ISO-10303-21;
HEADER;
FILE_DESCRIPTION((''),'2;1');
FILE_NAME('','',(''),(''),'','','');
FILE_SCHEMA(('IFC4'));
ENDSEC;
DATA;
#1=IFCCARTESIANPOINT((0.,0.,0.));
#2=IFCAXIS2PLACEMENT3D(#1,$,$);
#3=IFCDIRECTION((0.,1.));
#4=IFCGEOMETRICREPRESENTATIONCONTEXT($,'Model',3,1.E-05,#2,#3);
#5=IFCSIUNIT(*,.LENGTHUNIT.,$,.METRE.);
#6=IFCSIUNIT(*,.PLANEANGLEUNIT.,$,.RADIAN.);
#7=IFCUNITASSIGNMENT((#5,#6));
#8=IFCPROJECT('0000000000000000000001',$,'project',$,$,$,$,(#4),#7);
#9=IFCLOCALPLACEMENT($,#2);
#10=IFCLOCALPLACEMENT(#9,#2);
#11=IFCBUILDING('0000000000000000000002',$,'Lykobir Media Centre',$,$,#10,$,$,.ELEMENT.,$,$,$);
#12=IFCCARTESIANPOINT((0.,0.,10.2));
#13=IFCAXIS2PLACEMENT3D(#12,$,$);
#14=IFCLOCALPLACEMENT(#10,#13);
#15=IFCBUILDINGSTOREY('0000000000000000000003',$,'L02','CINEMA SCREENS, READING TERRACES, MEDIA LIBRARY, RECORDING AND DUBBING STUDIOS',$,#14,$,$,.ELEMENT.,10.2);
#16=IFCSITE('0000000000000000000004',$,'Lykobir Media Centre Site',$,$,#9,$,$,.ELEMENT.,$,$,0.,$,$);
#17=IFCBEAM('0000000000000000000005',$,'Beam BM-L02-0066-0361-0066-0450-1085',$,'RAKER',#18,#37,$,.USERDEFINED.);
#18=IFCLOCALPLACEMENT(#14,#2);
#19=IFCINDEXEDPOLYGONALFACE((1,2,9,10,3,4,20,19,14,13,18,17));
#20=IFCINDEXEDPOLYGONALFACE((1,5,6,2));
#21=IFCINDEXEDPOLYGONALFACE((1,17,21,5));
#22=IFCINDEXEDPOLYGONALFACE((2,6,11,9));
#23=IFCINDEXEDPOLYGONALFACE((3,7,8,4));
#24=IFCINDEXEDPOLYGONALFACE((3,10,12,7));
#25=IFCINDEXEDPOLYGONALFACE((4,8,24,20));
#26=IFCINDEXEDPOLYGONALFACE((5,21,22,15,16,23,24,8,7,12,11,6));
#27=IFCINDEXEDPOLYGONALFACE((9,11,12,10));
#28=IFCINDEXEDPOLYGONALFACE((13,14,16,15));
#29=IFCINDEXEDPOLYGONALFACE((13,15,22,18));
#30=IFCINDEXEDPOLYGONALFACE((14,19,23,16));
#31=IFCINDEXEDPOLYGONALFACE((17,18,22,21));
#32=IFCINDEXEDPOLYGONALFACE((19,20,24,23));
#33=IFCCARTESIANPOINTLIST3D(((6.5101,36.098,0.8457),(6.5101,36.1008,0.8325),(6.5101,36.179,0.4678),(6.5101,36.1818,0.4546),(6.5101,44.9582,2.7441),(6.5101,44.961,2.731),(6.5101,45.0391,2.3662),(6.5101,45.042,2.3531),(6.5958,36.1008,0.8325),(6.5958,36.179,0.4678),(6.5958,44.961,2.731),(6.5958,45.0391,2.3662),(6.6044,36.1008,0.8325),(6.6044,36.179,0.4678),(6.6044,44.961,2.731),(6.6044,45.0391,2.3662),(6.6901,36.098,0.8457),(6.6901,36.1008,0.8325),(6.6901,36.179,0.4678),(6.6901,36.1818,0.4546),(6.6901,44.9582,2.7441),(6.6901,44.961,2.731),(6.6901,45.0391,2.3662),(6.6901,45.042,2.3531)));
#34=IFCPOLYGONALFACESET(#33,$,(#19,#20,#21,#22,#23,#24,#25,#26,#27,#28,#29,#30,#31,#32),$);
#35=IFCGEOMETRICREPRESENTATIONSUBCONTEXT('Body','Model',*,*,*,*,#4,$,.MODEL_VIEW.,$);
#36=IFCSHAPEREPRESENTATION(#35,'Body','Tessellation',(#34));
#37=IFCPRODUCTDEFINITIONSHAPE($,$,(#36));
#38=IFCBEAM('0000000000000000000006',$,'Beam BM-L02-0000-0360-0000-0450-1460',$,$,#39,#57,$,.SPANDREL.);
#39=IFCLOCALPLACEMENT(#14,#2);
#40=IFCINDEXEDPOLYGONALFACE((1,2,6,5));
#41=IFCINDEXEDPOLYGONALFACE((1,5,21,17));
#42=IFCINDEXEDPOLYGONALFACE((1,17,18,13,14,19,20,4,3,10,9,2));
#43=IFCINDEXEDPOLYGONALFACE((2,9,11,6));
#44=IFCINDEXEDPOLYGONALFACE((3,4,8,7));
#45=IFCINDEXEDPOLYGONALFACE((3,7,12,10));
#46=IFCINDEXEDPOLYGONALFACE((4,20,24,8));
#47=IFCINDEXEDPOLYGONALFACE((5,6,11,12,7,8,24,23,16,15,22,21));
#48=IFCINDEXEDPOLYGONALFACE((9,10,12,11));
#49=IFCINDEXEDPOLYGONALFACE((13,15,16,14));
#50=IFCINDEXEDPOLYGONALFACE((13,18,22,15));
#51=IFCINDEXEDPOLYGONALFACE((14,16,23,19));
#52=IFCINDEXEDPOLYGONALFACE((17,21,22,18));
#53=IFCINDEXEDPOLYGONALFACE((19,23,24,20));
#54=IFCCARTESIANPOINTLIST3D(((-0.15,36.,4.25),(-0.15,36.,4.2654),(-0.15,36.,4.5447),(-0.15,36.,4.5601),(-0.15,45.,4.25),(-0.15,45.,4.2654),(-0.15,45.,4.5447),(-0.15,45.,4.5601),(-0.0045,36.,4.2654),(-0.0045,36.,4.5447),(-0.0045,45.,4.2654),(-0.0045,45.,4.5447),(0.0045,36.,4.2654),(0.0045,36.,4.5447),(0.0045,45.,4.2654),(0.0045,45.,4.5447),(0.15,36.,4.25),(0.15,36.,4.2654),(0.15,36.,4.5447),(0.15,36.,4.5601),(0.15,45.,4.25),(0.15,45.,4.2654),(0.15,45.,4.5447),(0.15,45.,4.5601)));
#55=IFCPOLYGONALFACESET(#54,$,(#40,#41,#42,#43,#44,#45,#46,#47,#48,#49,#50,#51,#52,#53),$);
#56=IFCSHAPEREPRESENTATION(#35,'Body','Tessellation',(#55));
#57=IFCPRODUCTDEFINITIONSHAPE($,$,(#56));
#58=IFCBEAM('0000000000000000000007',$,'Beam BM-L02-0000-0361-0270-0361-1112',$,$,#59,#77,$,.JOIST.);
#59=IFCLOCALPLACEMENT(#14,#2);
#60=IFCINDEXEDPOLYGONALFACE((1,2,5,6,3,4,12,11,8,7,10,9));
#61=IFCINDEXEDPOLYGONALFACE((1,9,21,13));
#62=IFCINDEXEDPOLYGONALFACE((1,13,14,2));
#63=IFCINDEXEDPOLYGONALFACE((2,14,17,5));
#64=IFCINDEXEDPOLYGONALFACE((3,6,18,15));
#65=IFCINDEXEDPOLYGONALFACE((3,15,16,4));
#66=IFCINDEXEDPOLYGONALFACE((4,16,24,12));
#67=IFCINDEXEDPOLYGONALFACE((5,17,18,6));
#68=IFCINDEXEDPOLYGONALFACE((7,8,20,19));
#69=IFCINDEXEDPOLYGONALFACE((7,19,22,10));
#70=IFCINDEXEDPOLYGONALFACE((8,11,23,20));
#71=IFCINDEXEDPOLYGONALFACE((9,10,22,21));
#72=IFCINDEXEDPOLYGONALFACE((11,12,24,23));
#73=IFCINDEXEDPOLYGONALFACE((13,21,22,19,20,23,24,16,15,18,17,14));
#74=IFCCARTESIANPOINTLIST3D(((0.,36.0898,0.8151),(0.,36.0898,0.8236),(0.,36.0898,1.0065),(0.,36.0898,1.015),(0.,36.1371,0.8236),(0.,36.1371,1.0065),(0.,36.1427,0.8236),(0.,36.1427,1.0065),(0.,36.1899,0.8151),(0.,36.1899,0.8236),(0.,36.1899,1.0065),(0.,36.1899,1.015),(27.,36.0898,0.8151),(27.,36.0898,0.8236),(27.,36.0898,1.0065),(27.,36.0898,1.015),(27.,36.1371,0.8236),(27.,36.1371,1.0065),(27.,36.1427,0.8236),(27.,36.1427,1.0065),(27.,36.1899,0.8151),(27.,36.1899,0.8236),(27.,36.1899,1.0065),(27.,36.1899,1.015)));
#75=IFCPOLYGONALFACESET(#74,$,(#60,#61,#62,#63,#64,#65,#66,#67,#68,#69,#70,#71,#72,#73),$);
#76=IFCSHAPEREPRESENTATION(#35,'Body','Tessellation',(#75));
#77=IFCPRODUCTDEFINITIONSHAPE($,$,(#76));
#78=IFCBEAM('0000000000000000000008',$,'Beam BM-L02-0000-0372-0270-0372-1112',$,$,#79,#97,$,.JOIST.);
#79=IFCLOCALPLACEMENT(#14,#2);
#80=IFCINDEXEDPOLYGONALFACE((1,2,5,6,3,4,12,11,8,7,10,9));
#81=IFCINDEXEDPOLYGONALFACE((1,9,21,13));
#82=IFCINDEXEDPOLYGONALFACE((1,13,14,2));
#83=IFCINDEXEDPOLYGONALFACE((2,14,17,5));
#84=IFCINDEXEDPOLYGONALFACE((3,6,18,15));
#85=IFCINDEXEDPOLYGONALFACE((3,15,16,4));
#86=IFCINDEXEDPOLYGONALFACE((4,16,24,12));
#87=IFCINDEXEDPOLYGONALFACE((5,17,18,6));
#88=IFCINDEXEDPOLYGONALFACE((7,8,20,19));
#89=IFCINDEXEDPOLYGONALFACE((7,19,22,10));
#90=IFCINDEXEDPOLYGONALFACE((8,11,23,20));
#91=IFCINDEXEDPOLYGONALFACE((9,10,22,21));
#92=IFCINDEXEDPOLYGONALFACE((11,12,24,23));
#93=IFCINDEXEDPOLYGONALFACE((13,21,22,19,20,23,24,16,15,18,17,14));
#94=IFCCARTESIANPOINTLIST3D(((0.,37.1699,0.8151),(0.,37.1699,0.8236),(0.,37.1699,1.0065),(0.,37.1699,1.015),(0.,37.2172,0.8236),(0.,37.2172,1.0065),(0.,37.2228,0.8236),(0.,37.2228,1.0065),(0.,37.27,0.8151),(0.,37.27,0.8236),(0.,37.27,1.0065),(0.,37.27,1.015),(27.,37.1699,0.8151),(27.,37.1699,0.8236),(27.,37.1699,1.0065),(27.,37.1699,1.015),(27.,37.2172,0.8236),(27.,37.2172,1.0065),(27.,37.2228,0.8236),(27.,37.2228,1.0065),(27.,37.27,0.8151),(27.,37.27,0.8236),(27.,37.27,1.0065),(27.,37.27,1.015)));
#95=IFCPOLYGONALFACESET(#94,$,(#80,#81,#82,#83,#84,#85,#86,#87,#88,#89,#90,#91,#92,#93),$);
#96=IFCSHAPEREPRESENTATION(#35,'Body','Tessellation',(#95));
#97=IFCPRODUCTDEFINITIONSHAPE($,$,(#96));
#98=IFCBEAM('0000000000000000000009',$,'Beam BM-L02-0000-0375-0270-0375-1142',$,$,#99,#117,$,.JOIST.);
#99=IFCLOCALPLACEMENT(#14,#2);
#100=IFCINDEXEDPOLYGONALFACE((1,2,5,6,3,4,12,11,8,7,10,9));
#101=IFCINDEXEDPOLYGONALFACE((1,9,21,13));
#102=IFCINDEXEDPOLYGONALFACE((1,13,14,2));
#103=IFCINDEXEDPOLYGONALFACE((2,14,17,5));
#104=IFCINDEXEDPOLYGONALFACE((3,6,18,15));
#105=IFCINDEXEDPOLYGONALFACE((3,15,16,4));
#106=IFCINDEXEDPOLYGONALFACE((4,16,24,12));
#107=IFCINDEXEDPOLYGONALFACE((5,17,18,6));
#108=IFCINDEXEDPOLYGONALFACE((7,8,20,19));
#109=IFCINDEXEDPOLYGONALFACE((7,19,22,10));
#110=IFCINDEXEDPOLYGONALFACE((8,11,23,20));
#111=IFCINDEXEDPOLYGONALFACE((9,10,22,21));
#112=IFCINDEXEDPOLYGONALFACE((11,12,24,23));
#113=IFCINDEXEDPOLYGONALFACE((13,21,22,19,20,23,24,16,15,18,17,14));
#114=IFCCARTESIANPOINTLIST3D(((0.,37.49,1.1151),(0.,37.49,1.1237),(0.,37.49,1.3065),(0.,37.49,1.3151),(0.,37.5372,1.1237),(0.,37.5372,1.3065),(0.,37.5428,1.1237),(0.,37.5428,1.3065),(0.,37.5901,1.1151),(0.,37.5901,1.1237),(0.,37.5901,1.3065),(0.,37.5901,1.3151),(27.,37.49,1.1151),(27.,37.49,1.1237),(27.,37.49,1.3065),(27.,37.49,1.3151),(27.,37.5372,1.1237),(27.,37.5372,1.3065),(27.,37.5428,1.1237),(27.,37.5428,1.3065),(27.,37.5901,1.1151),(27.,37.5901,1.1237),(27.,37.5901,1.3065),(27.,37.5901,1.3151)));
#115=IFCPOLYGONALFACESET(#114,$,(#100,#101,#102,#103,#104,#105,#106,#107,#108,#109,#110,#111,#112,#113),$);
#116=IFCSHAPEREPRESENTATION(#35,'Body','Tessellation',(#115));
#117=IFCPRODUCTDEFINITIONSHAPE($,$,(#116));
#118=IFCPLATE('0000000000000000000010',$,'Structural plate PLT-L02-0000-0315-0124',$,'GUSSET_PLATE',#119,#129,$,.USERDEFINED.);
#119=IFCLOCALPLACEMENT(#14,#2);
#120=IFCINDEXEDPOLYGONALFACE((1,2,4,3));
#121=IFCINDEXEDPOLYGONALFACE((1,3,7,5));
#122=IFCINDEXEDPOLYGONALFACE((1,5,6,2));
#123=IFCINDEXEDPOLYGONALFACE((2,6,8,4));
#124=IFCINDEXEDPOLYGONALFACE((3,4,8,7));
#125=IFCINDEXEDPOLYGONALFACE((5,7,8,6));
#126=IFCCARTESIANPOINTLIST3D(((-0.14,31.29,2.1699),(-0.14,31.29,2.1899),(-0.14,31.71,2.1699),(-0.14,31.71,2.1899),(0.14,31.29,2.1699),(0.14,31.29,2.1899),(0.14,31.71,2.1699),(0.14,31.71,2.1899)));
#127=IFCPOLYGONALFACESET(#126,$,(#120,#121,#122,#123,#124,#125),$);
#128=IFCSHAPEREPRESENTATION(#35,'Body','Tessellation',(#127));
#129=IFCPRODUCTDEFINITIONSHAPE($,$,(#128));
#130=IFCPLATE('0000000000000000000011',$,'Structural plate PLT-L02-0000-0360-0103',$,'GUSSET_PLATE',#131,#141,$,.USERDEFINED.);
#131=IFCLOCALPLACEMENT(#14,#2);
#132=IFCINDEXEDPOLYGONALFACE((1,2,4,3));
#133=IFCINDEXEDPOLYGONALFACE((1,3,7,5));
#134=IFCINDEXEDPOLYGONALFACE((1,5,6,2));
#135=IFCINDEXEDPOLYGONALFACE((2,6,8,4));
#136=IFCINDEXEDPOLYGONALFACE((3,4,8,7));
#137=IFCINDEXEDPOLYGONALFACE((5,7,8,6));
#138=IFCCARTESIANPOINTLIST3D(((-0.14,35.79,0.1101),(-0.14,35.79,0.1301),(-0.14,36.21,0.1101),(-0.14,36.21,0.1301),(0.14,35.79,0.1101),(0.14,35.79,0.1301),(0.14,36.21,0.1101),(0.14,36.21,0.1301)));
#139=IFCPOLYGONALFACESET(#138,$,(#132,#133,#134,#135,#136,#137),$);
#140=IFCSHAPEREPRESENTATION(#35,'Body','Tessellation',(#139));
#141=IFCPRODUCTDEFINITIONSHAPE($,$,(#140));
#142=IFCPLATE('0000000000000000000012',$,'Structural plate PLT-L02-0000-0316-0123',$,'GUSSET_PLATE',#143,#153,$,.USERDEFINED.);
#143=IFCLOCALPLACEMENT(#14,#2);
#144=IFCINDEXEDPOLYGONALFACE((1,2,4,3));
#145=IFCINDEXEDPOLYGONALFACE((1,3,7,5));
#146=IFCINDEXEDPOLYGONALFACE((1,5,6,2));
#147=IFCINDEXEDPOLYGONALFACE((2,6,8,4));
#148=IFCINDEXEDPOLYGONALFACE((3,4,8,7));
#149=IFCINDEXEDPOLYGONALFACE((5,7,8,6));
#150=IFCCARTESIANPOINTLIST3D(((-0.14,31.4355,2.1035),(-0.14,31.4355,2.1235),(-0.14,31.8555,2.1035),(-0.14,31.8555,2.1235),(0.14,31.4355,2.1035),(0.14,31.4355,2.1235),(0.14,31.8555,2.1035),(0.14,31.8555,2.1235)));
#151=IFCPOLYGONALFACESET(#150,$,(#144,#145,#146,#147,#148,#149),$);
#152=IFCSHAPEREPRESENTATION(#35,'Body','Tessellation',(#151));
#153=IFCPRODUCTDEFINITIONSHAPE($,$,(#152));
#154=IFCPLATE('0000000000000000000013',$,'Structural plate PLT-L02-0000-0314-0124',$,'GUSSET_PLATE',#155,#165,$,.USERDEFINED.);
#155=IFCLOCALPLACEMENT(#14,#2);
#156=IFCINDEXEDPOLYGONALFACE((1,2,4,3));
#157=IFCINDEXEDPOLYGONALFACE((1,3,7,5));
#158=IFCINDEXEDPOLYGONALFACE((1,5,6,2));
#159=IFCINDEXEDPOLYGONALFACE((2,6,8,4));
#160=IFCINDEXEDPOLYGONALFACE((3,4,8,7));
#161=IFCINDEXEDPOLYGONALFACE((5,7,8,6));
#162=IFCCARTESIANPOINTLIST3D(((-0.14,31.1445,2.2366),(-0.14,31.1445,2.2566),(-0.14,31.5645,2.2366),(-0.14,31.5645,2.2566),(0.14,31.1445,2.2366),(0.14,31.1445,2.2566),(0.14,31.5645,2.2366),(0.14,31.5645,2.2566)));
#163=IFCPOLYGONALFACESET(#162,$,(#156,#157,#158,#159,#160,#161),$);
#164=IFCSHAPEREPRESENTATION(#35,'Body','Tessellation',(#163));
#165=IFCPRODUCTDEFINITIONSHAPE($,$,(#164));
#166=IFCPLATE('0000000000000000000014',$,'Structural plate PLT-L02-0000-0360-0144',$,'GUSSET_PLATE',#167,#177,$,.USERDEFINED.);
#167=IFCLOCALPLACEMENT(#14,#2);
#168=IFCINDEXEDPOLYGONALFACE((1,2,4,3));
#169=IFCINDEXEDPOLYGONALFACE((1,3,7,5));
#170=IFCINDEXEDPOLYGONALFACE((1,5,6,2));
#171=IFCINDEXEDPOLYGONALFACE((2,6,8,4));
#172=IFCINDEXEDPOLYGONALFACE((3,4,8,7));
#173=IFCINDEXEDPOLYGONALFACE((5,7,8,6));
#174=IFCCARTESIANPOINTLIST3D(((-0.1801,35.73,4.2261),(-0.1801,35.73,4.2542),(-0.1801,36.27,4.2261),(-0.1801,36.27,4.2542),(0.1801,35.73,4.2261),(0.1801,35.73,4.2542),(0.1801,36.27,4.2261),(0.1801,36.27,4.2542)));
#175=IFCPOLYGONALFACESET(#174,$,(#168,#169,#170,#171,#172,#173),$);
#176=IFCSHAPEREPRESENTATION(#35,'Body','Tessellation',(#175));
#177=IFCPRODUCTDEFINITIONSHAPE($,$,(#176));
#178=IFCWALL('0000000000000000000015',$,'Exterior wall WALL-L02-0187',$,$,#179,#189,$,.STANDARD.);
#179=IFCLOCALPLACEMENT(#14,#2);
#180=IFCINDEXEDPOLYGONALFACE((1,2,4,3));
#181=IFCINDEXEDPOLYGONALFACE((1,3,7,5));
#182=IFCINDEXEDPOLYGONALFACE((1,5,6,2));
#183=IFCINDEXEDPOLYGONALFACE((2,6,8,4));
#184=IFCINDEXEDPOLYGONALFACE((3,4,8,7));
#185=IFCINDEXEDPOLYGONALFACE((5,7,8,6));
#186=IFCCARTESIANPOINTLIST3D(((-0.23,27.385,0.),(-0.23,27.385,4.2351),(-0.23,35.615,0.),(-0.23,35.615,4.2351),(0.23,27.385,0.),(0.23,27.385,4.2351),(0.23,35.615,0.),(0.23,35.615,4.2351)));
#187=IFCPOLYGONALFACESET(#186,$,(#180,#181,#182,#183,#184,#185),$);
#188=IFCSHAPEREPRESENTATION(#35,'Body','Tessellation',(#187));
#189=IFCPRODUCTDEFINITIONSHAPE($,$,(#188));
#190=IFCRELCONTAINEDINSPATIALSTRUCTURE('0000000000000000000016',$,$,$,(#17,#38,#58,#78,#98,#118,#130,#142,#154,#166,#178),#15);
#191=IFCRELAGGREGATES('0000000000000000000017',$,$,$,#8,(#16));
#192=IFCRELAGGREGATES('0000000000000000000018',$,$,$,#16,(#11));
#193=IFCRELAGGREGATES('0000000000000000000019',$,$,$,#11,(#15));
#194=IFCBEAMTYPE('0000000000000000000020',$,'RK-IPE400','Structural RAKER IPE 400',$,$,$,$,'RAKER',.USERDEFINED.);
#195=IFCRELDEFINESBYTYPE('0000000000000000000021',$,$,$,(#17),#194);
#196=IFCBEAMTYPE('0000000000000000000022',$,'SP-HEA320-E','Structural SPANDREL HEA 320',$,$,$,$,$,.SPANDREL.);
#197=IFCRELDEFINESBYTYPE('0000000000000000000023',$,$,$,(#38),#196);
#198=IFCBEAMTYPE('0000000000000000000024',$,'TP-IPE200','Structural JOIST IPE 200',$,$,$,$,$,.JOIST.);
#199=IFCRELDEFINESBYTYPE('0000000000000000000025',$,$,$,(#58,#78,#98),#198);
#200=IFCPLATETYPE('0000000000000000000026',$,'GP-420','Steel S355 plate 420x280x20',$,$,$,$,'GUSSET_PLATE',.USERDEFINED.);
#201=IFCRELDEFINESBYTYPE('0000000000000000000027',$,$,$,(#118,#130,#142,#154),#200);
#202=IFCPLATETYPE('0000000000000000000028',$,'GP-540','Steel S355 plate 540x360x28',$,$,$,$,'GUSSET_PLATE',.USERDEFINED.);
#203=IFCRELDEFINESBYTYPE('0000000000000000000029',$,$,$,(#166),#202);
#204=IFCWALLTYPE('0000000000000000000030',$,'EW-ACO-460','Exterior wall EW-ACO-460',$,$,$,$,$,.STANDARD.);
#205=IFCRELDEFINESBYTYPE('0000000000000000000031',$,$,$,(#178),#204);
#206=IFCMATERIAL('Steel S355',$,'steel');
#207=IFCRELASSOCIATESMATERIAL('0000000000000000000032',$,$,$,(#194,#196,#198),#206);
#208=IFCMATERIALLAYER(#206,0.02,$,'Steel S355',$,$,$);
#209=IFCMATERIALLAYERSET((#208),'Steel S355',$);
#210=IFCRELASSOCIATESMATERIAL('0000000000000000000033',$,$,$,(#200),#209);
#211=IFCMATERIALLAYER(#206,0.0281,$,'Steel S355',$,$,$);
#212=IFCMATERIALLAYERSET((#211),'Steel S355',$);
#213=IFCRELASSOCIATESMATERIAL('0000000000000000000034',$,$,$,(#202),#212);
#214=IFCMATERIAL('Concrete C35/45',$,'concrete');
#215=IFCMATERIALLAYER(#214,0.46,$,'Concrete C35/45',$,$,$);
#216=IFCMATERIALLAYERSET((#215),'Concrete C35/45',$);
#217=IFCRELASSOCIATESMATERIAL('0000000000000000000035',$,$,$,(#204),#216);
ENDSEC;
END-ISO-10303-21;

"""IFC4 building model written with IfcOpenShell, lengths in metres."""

from ifc_helpers import new_model, si_unit, direction, frame, frame_2d, origin, origin_2d, place, context, subcontext, project, spatial, rectangle, i_section, extrude, material, layer, layer_set, material_profile, profile_set, type_object, element, save


model = new_model("IFC4")

# Units and contexts
model_context = context("Model", 3, precision=1e-05, world=origin(), true_north=direction((0.0, 1.0)))
body_context = subcontext(model_context, "Body", "Model", "MODEL_VIEW")
ifc_project = project(units=[si_unit("LENGTHUNIT", "METRE"), si_unit("PLANEANGLEUNIT", "RADIAN")], contexts=[model_context])

# Site, building, storey
site_placement = place(None, origin())
site = spatial("IfcSite", under=ifc_project, at=site_placement, Name="Lykobir Media Centre Site", CompositionType="ELEMENT", RefElevation=0.0)
building_placement = place(site_placement, origin())
building = spatial("IfcBuilding", under=site, at=building_placement, Name="Lykobir Media Centre", CompositionType="ELEMENT")
storey_placement = place(building_placement, frame((0.0, 0.0, 10.2)))
storey = spatial("IfcBuildingStorey", under=building, at=storey_placement, Name="L02", Description="CINEMA SCREENS, READING TERRACES, MEDIA LIBRARY, RECORDING AND DUBBING STUDIOS", CompositionType="ELEMENT", Elevation=10.2)

# Shared definitions
ifc_material_1 = material(Name="Steel S355", Category="steel")

# Beams
ifc_material_profile_1 = material_profile(ifc_material_1, i_section(OverallWidth=0.1799, OverallDepth=0.3999, WebThickness=0.0085, FlangeThickness=0.0134, at=origin_2d()), Name="IPE 400")
ifc_profile_set_1 = profile_set([ifc_material_profile_1], Name="Steel S355")
beam_type_1 = type_object("IfcBeamType", Name="RK-IPE400", Description="Structural RAKER IPE 400", ElementType="RAKER", PredefinedType="USERDEFINED", material=ifc_profile_set_1)
for number, where, z_axis, x_axis, name in (
    (1, (6.6001, 36.1399, 0.6501), (0.0, 0.977806, 0.209513), (-1.0, 0.0, 0.0), "Beam BM-L02-0066-0361-0066-0450-1085"),
):
    element("IfcBeam", number, at=place(storey_placement, frame(where, z_axis=z_axis, x_axis=x_axis)), inside=storey, type_object=beam_type_1, Name=name, ObjectType="RAKER", PredefinedType="USERDEFINED", context=body_context, shape_type="SweptSolid", body=[
        extrude(i_section(OverallWidth=0.1799, OverallDepth=0.3999, WebThickness=0.0085, FlangeThickness=0.0134, at=origin_2d()), origin(), (0.0, 0.0, 1.0), 9.0613),
    ])
ifc_material_profile_2 = material_profile(ifc_material_1, i_section(OverallWidth=0.3, OverallDepth=0.3101, WebThickness=0.009, FlangeThickness=0.0154, at=origin_2d()), Name="HEA 320")
ifc_profile_set_2 = profile_set([ifc_material_profile_2], Name="Steel S355")
beam_type_2 = type_object("IfcBeamType", Name="SP-HEA320-E", Description="Structural SPANDREL HEA 320", PredefinedType="SPANDREL", material=ifc_profile_set_2)
beam_1_placement = place(storey_placement, frame((0.0, 36.0, 4.405), z_axis=(0.0, 1.0, 0.0), x_axis=(-1.0, 0.0, 0.0)))
element("IfcBeam", 2, at=beam_1_placement, inside=storey, type_object=beam_type_2, Name="Beam BM-L02-0000-0360-0000-0450-1460", PredefinedType="SPANDREL", context=body_context, shape_type="SweptSolid", body=[
    extrude(i_section(OverallWidth=0.3, OverallDepth=0.3101, WebThickness=0.009, FlangeThickness=0.0154, at=origin_2d()), origin(), (0.0, 0.0, 1.0), 9.0),
])
ifc_material_profile_3 = material_profile(ifc_material_1, i_section(OverallWidth=0.1001, OverallDepth=0.2, WebThickness=0.0056, FlangeThickness=0.0085, at=origin_2d()), Name="IPE 200")
ifc_profile_set_3 = profile_set([ifc_material_profile_3], Name="Steel S355")
beam_type_3 = type_object("IfcBeamType", Name="TP-IPE200", Description="Structural JOIST IPE 200", PredefinedType="JOIST", material=ifc_profile_set_3)
for number, where, z_axis, x_axis, name in (
    (3, (0.0, 36.1399, 0.915), (1.0, 0.0, 0.0), (0.0, 1.0, 0.0), "Beam BM-L02-0000-0361-0270-0361-1112"),
    (4, (0.0, 37.22, 0.915), (1.0, 0.0, 0.0), (0.0, 1.0, 0.0), "Beam BM-L02-0000-0372-0270-0372-1112"),
    (5, (0.0, 37.54, 1.2151), (1.0, 0.0, 0.0), (0.0, 1.0, 0.0), "Beam BM-L02-0000-0375-0270-0375-1142"),
):
    element("IfcBeam", number, at=place(storey_placement, frame(where, z_axis=z_axis, x_axis=x_axis)), inside=storey, type_object=beam_type_3, Name=name, PredefinedType="JOIST", context=body_context, shape_type="SweptSolid", body=[
        extrude(i_section(OverallWidth=0.1001, OverallDepth=0.2, WebThickness=0.0056, FlangeThickness=0.0085, at=origin_2d()), origin(), (0.0, 0.0, 1.0), 27.0),
    ])

# Plates
ifc_layer_1 = layer(ifc_material_1, 0.02, Name="Steel S355")
ifc_layer_set_1 = layer_set([ifc_layer_1], Name="Steel S355")
plate_type_1 = type_object("IfcPlateType", Name="GP-420", Description="Steel S355 plate 420x280x20", ElementType="GUSSET_PLATE", PredefinedType="USERDEFINED", material=ifc_layer_set_1)
for number, where, z_axis, x_axis, name in (
    (6, (0.0, 31.5, 2.1699), (0.0, 0.0, 1.0), (0.0, 1.0, 0.0), "Structural plate PLT-L02-0000-0315-0124"),
    (7, (0.0, 36.0, 0.1101), (0.0, 0.0, 1.0), (0.0, 1.0, 0.0), "Structural plate PLT-L02-0000-0360-0103"),
    (8, (0.0, 31.6455, 2.1035), (0.0, 0.0, 1.0), (0.0, 1.0, 0.0), "Structural plate PLT-L02-0000-0316-0123"),
    (9, (0.0, 31.3545, 2.2366), (0.0, 0.0, 1.0), (0.0, 1.0, 0.0), "Structural plate PLT-L02-0000-0314-0124"),
):
    element("IfcPlate", number, at=place(storey_placement, frame(where, z_axis=z_axis, x_axis=x_axis)), inside=storey, type_object=plate_type_1, Name=name, ObjectType="GUSSET_PLATE", PredefinedType="USERDEFINED", context=body_context, shape_type="SweptSolid", body=[
        extrude(rectangle(XDim=0.4199, YDim=0.28, at=origin_2d()), origin(), (0.0, 0.0, 1.0), 0.02),
    ])
ifc_layer_2 = layer(ifc_material_1, 0.0281, Name="Steel S355")
ifc_layer_set_2 = layer_set([ifc_layer_2], Name="Steel S355")
plate_type_2 = type_object("IfcPlateType", Name="GP-540", Description="Steel S355 plate 540x360x28", ElementType="GUSSET_PLATE", PredefinedType="USERDEFINED", material=ifc_layer_set_2)
plate_placement = place(storey_placement, frame((0.0, 36.0, 4.2261), z_axis=(0.0, 0.0, 1.0), x_axis=(0.0, 1.0, 0.0)))
element("IfcPlate", 10, at=plate_placement, inside=storey, type_object=plate_type_2, Name="Structural plate PLT-L02-0000-0360-0144", ObjectType="GUSSET_PLATE", PredefinedType="USERDEFINED", context=body_context, shape_type="SweptSolid", body=[
    extrude(rectangle(XDim=0.54, YDim=0.3601, at=origin_2d()), origin(), (0.0, 0.0, 1.0), 0.0281),
])

# Wall
ifc_material_2 = material(Name="Concrete C35/45", Category="concrete")
ifc_layer_3 = layer(ifc_material_2, 0.46, Name="Concrete C35/45")
ifc_layer_set_3 = layer_set([ifc_layer_3], Name="Concrete C35/45")
wall_type = type_object("IfcWallType", Name="EW-ACO-460", Description="Exterior wall EW-ACO-460", PredefinedType="STANDARD", material=ifc_layer_set_3)
wall_placement = place(storey_placement, frame((0.0, 35.615, 0.0), z_axis=(0.0, 0.0, 1.0), x_axis=(0.0, -1.0, 0.0)))
element("IfcWall", 11, at=wall_placement, inside=storey, type_object=wall_type, Name="Exterior wall WALL-L02-0187", PredefinedType="STANDARD", context=body_context, shape_type="SweptSolid", body=[
    extrude(rectangle(XDim=8.23, YDim=0.46, at=frame_2d((4.115, 0.0))), origin(), (0.0, 0.0, 1.0), 4.2351),
])

save(model, "model.ifc")
